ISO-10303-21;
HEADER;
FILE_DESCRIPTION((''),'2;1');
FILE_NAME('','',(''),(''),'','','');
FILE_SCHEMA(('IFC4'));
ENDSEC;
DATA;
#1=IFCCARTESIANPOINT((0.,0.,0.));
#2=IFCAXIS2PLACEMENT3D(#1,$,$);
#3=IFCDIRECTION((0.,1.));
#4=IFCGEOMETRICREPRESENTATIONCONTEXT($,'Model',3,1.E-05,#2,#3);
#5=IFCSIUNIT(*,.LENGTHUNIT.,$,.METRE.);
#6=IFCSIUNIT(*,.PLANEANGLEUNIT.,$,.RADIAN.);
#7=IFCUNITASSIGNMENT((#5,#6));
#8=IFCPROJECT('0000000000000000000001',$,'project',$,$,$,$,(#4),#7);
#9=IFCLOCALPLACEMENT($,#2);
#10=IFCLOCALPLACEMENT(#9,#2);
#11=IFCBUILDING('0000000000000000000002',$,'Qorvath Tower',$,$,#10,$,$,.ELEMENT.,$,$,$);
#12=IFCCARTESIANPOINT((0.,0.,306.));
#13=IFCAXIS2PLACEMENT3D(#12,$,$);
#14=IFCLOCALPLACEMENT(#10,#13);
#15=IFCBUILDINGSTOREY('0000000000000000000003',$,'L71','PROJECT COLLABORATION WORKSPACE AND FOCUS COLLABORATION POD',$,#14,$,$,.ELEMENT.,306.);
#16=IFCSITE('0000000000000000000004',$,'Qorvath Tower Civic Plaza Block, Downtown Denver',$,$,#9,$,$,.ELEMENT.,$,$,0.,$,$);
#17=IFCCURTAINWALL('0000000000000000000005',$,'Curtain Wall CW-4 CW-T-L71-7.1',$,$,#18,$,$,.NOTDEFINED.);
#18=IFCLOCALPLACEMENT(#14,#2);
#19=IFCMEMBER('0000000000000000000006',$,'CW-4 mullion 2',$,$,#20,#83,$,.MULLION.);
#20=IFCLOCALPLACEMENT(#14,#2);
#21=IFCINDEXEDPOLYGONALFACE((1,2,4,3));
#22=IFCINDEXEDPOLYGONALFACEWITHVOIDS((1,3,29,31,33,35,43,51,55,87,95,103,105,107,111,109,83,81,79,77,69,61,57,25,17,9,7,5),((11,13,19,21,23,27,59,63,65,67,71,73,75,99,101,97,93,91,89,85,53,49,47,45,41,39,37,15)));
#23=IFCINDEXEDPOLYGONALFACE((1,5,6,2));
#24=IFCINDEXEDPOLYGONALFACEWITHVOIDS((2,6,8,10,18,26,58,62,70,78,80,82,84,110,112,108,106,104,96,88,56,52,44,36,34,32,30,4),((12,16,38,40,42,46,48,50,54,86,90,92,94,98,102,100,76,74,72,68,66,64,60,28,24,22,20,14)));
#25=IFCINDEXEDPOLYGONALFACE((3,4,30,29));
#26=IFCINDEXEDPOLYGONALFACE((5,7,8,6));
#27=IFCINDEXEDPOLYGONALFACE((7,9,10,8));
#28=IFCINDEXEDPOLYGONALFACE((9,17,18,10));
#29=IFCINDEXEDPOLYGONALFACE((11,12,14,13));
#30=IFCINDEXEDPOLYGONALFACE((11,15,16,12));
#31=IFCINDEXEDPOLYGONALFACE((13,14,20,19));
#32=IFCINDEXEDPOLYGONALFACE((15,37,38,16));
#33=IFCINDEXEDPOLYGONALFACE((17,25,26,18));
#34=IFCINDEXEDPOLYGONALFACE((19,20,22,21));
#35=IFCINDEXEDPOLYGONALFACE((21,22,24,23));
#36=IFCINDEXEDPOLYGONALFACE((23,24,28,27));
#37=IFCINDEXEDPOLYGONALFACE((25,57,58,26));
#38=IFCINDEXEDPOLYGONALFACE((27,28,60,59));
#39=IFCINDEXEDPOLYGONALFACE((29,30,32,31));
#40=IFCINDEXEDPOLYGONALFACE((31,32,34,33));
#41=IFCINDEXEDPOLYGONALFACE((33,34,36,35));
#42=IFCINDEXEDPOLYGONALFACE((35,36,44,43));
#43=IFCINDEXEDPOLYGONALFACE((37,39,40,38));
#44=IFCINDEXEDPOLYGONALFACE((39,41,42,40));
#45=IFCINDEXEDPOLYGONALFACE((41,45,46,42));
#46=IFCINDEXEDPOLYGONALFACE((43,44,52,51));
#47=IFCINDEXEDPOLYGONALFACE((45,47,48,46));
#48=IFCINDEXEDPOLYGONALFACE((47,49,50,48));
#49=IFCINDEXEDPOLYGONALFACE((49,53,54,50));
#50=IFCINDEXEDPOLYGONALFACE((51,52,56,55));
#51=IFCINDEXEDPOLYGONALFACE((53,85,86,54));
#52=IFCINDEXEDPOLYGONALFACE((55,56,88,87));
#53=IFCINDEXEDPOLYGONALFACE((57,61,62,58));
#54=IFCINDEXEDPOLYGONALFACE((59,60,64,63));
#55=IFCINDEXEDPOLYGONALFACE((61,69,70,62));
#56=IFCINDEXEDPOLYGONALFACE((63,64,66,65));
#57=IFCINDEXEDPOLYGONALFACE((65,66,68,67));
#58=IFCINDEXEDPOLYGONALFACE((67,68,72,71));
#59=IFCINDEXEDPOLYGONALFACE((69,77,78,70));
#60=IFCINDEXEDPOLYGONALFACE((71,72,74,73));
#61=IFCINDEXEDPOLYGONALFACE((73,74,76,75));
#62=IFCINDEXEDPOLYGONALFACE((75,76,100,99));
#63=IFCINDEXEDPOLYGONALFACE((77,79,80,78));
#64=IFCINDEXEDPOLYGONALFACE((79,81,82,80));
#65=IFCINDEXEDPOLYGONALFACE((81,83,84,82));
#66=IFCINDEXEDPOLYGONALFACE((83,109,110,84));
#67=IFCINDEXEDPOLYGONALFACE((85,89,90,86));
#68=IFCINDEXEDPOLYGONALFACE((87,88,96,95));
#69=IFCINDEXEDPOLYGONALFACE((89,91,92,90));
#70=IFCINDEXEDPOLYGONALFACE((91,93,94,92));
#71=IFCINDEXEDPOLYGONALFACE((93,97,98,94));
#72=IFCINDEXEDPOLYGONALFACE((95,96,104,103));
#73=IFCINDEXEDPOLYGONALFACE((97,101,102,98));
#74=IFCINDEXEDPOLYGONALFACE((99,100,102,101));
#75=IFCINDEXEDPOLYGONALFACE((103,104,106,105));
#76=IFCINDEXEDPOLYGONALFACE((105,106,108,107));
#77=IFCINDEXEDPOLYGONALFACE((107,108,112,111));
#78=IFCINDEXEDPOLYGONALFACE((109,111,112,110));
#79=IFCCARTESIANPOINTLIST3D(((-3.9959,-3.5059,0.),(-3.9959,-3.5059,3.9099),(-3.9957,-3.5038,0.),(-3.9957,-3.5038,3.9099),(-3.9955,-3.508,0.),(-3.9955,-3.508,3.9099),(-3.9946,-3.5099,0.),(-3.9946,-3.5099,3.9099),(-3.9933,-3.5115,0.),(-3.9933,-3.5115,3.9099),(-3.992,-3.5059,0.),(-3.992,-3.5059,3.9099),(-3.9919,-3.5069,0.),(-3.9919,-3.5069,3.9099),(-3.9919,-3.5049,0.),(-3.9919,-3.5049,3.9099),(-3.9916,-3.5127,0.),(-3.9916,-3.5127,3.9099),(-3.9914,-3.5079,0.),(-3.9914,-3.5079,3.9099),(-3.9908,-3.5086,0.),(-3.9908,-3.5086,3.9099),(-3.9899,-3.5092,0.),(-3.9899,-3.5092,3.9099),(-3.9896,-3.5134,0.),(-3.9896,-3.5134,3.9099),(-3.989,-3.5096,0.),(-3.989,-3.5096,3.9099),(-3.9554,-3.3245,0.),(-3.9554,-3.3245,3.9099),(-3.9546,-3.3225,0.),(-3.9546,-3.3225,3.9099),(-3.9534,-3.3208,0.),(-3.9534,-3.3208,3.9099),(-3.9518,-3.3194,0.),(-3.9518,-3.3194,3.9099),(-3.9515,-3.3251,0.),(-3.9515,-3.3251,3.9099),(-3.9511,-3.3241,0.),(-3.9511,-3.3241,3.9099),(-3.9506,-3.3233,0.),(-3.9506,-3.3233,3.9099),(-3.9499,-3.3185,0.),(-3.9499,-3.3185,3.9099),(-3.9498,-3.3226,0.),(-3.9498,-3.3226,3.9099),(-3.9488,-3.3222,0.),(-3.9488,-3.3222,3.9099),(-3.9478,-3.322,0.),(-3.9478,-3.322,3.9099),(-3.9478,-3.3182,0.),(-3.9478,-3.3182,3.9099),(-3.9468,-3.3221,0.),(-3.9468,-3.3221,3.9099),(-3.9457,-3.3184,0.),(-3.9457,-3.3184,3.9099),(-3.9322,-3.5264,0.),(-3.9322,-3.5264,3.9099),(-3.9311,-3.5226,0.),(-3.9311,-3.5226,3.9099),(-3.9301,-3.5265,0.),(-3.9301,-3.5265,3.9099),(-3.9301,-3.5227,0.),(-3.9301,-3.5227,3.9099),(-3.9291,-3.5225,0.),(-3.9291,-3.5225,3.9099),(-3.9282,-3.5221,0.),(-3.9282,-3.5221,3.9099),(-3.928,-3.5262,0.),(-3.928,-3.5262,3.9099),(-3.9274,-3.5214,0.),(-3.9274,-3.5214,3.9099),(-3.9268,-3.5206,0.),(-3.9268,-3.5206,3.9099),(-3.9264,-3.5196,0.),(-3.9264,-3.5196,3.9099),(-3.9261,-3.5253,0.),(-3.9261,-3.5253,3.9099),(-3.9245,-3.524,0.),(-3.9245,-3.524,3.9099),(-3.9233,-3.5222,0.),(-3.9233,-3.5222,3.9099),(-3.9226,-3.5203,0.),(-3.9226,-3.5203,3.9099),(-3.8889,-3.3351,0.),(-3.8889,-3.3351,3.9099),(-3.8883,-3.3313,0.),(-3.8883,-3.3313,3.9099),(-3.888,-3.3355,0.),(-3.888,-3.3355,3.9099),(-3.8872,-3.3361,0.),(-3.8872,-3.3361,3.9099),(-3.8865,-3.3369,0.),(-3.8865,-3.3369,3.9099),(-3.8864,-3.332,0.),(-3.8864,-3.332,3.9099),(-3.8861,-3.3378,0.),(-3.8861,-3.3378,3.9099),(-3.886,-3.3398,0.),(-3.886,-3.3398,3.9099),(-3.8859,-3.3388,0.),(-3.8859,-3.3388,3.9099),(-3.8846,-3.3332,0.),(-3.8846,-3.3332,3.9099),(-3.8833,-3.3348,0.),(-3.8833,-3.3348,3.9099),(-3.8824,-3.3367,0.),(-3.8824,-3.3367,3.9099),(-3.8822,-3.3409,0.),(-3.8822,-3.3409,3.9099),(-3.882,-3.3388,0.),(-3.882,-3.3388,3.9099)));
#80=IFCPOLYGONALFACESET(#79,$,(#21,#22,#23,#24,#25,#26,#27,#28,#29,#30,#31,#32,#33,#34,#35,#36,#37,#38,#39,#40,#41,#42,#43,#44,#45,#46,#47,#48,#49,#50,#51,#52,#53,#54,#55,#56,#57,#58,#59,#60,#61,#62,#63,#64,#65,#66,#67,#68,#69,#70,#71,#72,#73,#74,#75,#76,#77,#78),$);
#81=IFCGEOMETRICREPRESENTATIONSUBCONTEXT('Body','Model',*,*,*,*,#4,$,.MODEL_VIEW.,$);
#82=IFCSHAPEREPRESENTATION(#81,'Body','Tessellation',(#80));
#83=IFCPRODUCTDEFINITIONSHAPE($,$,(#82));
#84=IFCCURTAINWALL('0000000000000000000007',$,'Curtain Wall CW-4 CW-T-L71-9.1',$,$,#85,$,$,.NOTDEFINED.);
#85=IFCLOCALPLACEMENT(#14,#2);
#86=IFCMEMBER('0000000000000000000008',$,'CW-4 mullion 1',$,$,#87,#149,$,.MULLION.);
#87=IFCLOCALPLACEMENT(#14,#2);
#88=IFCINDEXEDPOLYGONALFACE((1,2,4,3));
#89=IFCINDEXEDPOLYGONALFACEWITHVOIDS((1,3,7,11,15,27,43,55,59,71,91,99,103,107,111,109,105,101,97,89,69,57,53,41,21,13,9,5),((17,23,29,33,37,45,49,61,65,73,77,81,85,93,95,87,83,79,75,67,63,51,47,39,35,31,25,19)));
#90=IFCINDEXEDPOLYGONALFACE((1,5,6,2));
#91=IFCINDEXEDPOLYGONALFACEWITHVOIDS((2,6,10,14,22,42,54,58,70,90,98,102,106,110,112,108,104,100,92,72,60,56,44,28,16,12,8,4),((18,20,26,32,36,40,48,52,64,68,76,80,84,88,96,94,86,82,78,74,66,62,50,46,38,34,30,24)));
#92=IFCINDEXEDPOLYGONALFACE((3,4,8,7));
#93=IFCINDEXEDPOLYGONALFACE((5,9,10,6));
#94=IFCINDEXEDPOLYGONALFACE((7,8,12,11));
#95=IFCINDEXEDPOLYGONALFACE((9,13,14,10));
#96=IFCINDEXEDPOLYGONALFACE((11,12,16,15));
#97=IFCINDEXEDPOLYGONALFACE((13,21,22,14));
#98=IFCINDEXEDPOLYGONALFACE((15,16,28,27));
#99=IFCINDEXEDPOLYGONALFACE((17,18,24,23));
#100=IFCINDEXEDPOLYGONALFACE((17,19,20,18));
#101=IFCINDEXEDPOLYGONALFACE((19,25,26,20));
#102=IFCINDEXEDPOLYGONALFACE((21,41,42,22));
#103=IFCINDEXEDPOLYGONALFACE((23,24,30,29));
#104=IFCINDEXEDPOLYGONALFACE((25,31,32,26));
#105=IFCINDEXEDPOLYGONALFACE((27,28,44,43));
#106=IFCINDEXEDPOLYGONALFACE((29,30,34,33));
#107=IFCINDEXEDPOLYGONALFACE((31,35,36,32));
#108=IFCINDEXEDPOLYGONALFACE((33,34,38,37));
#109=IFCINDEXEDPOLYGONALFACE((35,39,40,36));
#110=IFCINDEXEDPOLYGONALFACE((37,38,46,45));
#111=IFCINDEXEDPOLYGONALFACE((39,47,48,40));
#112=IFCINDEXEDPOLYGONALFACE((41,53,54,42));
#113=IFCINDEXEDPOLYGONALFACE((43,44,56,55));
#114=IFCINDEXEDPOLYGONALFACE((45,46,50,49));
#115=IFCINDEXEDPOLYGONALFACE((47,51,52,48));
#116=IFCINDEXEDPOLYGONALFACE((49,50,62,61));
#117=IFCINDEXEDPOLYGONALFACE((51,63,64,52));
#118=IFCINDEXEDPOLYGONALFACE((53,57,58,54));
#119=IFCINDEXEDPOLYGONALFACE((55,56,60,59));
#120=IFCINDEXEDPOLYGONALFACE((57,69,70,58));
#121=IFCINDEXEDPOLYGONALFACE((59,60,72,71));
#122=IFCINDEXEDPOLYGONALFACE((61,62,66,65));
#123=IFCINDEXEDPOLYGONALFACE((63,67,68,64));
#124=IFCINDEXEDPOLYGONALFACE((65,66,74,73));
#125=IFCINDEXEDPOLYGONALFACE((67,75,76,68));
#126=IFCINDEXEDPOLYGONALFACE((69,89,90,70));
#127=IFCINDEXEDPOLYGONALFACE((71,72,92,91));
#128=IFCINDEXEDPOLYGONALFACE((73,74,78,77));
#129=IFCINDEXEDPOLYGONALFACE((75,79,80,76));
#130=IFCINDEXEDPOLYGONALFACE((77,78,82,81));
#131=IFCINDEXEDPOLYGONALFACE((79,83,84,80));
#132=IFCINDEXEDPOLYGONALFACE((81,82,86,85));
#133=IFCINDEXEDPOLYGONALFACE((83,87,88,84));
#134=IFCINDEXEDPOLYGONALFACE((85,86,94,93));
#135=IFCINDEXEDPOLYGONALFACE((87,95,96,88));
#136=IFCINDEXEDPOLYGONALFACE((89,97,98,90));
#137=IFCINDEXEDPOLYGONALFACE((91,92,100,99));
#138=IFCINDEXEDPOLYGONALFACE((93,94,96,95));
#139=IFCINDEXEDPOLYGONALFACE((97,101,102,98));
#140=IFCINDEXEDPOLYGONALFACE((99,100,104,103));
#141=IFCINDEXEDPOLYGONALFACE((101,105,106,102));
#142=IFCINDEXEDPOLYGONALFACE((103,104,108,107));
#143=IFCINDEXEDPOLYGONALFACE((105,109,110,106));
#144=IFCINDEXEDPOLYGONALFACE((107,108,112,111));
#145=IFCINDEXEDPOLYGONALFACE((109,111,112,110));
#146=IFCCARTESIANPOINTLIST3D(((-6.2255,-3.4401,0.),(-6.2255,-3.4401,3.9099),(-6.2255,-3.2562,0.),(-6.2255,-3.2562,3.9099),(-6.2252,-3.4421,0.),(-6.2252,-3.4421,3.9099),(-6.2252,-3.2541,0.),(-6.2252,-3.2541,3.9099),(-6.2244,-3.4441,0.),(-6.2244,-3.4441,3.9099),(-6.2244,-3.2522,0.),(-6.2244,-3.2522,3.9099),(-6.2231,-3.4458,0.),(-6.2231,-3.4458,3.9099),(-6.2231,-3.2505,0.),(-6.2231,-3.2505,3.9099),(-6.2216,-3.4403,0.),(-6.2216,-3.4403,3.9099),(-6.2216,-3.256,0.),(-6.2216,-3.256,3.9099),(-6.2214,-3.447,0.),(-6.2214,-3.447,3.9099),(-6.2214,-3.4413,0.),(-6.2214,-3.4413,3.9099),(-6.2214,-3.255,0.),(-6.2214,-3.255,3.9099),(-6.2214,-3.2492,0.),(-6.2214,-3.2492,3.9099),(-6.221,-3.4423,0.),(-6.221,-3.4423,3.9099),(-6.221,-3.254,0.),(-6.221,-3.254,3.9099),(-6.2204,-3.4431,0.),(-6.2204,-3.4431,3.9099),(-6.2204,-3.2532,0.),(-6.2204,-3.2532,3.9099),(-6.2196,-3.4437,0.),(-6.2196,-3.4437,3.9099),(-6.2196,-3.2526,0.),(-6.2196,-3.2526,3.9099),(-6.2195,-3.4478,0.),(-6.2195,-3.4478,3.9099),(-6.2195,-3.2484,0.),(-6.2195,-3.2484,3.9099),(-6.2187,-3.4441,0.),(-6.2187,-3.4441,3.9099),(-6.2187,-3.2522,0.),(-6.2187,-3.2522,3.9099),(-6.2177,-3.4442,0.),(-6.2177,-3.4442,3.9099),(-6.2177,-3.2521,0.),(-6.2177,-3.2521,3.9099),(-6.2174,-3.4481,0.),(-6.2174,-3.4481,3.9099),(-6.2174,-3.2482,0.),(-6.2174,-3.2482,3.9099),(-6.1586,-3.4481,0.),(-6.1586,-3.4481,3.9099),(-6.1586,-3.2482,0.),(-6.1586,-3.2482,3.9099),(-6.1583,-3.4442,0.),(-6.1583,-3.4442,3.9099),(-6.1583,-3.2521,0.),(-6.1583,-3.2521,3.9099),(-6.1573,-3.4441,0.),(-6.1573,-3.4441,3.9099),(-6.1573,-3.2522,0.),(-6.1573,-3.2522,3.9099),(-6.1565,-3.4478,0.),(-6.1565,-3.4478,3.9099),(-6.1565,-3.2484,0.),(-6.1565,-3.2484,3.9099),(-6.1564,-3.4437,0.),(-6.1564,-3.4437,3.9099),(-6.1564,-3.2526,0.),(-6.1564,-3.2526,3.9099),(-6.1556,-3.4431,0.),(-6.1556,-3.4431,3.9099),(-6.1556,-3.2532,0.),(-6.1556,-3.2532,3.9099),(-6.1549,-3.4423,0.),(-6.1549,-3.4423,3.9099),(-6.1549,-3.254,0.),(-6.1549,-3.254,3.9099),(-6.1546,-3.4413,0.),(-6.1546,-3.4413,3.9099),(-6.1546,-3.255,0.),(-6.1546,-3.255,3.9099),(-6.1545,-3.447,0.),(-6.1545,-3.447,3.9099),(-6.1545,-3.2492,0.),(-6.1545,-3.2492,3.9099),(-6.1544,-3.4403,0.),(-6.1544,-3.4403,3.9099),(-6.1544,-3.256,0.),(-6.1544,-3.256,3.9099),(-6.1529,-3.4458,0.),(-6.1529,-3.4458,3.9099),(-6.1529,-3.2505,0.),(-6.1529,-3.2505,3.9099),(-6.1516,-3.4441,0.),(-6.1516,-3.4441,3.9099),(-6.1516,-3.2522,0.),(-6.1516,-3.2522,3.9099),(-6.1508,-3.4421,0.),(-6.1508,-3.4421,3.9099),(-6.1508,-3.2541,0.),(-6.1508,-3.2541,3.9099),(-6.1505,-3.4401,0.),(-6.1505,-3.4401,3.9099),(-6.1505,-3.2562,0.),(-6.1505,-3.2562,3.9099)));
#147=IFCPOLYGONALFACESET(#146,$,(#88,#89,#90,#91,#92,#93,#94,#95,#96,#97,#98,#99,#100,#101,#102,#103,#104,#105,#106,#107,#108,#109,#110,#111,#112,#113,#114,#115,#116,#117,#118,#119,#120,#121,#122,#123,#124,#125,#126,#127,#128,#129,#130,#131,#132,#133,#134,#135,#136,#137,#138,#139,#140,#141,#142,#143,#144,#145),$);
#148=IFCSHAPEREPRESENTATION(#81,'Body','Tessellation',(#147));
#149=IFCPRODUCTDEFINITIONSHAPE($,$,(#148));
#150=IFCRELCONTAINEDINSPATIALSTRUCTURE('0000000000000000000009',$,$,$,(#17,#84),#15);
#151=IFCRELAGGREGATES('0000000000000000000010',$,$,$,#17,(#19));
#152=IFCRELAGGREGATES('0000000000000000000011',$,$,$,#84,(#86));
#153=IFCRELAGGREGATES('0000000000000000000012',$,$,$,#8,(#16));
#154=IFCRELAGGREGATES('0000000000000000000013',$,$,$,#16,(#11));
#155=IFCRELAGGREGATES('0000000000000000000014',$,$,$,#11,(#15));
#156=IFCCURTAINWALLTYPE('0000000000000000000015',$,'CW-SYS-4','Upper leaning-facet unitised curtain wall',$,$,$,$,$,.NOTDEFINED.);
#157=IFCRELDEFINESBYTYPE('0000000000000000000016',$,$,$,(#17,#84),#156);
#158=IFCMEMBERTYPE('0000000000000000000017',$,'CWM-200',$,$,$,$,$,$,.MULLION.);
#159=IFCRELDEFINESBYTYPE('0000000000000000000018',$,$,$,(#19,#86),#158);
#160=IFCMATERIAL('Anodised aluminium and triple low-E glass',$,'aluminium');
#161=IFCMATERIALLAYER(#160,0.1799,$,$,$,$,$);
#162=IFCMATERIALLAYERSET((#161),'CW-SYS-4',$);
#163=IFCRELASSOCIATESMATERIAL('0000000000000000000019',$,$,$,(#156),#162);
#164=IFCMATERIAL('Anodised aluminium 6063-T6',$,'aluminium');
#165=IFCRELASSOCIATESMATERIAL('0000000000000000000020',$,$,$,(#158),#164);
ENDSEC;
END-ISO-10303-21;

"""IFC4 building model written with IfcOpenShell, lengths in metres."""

from ifc_helpers import new_model, si_unit, direction, frame, origin, origin_2d, place, context, subcontext, project, spatial, hollow_rectangle, extrude, material, layer, layer_set, material_profile, profile_set, type_object, element, aggregate, save


model = new_model("IFC4")

# Units and contexts
model_context = context("Model", 3, precision=1e-05, world=origin(), true_north=direction((0.0, 1.0)))
body_context = subcontext(model_context, "Body", "Model", "MODEL_VIEW")
ifc_project = project(units=[si_unit("LENGTHUNIT", "METRE"), si_unit("PLANEANGLEUNIT", "RADIAN")], contexts=[model_context])

# Site, building, storey
site_placement = place(None, origin())
site = spatial("IfcSite", under=ifc_project, at=site_placement, Name="Qorvath Tower Civic Plaza Block, Downtown Denver", CompositionType="ELEMENT", RefElevation=0.0)
building_placement = place(site_placement, origin())
building = spatial("IfcBuilding", under=site, at=building_placement, Name="Qorvath Tower", CompositionType="ELEMENT")
storey_placement = place(building_placement, frame((0.0, 0.0, 306.0)))
storey = spatial("IfcBuildingStorey", under=building, at=storey_placement, Name="L71", Description="PROJECT COLLABORATION WORKSPACE AND FOCUS COLLABORATION POD", CompositionType="ELEMENT", Elevation=306.0)

# Curtain wall, member
ifc_material_1 = material(Name="Anodised aluminium and triple low-E glass", Category="aluminium")
ifc_layer_1 = layer(ifc_material_1, 0.1799)
ifc_layer_set_1 = layer_set([ifc_layer_1], Name="CW-SYS-4")
curtain_wall_type = type_object("IfcCurtainWallType", Name="CW-SYS-4", Description="Upper leaning-facet unitised curtain wall", PredefinedType="NOTDEFINED", material=ifc_layer_set_1)
curtain_wall_1_placement = place(storey_placement, origin())
curtain_wall_1 = element("IfcCurtainWall", 1, at=curtain_wall_1_placement, inside=storey, type_object=curtain_wall_type, Name="Curtain Wall CW-4 CW-T-L71-7.1", PredefinedType="NOTDEFINED")
ifc_material_2 = material(Name="Anodised aluminium 6063-T6", Category="aluminium")
ifc_material_profile_1 = material_profile(ifc_material_2, hollow_rectangle(XDim=0.075, YDim=0.2, WallThickness=0.0039, InnerFilletRadius=0.0039, OuterFilletRadius=0.0081, at=origin_2d()), Name="CWM 200x75")
ifc_profile_set_1 = profile_set([ifc_material_profile_1], Name="Anodised aluminium 6063-T6")
member_type_1 = type_object("IfcMemberType", Name="CWM-200", PredefinedType="MULLION", material=ifc_profile_set_1)
member_1_placement = place(storey_placement, frame((-3.939, -3.4224, 0.0), z_axis=(0.0, 0.0, 1.0), x_axis=(-0.975634, 0.219402, 0.0)))
member_1 = element("IfcMember", 2, at=member_1_placement, type_object=member_type_1, Name="CW-4 mullion 2", PredefinedType="MULLION", context=body_context, shape_type="SweptSolid", body=[
    extrude(hollow_rectangle(XDim=0.075, YDim=0.2, WallThickness=0.0039, InnerFilletRadius=0.0039, OuterFilletRadius=0.0081, at=origin_2d()), origin(), (0.0, 0.0, 1.0), 3.9099),
])
aggregate(curtain_wall_1, [member_1])

# Curtain wall, member
curtain_wall_2_placement = place(storey_placement, origin())
curtain_wall_2 = element("IfcCurtainWall", 3, at=curtain_wall_2_placement, inside=storey, type_object=curtain_wall_type, Name="Curtain Wall CW-4 CW-T-L71-9.1", PredefinedType="NOTDEFINED")
member_2_placement = place(storey_placement, frame((-6.188, -3.3481, 0.0), z_axis=(0.0, 0.0, 1.0), x_axis=(-1.0, 0.0, 0.0)))
member_2 = element("IfcMember", 4, at=member_2_placement, type_object=member_type_1, Name="CW-4 mullion 1", PredefinedType="MULLION", context=body_context, shape_type="SweptSolid", body=[
    extrude(hollow_rectangle(XDim=0.075, YDim=0.2, WallThickness=0.0039, InnerFilletRadius=0.0039, OuterFilletRadius=0.0081, at=origin_2d()), origin(), (0.0, 0.0, 1.0), 3.9099),
])
aggregate(curtain_wall_2, [member_2])

save(model, "model.ifc")
